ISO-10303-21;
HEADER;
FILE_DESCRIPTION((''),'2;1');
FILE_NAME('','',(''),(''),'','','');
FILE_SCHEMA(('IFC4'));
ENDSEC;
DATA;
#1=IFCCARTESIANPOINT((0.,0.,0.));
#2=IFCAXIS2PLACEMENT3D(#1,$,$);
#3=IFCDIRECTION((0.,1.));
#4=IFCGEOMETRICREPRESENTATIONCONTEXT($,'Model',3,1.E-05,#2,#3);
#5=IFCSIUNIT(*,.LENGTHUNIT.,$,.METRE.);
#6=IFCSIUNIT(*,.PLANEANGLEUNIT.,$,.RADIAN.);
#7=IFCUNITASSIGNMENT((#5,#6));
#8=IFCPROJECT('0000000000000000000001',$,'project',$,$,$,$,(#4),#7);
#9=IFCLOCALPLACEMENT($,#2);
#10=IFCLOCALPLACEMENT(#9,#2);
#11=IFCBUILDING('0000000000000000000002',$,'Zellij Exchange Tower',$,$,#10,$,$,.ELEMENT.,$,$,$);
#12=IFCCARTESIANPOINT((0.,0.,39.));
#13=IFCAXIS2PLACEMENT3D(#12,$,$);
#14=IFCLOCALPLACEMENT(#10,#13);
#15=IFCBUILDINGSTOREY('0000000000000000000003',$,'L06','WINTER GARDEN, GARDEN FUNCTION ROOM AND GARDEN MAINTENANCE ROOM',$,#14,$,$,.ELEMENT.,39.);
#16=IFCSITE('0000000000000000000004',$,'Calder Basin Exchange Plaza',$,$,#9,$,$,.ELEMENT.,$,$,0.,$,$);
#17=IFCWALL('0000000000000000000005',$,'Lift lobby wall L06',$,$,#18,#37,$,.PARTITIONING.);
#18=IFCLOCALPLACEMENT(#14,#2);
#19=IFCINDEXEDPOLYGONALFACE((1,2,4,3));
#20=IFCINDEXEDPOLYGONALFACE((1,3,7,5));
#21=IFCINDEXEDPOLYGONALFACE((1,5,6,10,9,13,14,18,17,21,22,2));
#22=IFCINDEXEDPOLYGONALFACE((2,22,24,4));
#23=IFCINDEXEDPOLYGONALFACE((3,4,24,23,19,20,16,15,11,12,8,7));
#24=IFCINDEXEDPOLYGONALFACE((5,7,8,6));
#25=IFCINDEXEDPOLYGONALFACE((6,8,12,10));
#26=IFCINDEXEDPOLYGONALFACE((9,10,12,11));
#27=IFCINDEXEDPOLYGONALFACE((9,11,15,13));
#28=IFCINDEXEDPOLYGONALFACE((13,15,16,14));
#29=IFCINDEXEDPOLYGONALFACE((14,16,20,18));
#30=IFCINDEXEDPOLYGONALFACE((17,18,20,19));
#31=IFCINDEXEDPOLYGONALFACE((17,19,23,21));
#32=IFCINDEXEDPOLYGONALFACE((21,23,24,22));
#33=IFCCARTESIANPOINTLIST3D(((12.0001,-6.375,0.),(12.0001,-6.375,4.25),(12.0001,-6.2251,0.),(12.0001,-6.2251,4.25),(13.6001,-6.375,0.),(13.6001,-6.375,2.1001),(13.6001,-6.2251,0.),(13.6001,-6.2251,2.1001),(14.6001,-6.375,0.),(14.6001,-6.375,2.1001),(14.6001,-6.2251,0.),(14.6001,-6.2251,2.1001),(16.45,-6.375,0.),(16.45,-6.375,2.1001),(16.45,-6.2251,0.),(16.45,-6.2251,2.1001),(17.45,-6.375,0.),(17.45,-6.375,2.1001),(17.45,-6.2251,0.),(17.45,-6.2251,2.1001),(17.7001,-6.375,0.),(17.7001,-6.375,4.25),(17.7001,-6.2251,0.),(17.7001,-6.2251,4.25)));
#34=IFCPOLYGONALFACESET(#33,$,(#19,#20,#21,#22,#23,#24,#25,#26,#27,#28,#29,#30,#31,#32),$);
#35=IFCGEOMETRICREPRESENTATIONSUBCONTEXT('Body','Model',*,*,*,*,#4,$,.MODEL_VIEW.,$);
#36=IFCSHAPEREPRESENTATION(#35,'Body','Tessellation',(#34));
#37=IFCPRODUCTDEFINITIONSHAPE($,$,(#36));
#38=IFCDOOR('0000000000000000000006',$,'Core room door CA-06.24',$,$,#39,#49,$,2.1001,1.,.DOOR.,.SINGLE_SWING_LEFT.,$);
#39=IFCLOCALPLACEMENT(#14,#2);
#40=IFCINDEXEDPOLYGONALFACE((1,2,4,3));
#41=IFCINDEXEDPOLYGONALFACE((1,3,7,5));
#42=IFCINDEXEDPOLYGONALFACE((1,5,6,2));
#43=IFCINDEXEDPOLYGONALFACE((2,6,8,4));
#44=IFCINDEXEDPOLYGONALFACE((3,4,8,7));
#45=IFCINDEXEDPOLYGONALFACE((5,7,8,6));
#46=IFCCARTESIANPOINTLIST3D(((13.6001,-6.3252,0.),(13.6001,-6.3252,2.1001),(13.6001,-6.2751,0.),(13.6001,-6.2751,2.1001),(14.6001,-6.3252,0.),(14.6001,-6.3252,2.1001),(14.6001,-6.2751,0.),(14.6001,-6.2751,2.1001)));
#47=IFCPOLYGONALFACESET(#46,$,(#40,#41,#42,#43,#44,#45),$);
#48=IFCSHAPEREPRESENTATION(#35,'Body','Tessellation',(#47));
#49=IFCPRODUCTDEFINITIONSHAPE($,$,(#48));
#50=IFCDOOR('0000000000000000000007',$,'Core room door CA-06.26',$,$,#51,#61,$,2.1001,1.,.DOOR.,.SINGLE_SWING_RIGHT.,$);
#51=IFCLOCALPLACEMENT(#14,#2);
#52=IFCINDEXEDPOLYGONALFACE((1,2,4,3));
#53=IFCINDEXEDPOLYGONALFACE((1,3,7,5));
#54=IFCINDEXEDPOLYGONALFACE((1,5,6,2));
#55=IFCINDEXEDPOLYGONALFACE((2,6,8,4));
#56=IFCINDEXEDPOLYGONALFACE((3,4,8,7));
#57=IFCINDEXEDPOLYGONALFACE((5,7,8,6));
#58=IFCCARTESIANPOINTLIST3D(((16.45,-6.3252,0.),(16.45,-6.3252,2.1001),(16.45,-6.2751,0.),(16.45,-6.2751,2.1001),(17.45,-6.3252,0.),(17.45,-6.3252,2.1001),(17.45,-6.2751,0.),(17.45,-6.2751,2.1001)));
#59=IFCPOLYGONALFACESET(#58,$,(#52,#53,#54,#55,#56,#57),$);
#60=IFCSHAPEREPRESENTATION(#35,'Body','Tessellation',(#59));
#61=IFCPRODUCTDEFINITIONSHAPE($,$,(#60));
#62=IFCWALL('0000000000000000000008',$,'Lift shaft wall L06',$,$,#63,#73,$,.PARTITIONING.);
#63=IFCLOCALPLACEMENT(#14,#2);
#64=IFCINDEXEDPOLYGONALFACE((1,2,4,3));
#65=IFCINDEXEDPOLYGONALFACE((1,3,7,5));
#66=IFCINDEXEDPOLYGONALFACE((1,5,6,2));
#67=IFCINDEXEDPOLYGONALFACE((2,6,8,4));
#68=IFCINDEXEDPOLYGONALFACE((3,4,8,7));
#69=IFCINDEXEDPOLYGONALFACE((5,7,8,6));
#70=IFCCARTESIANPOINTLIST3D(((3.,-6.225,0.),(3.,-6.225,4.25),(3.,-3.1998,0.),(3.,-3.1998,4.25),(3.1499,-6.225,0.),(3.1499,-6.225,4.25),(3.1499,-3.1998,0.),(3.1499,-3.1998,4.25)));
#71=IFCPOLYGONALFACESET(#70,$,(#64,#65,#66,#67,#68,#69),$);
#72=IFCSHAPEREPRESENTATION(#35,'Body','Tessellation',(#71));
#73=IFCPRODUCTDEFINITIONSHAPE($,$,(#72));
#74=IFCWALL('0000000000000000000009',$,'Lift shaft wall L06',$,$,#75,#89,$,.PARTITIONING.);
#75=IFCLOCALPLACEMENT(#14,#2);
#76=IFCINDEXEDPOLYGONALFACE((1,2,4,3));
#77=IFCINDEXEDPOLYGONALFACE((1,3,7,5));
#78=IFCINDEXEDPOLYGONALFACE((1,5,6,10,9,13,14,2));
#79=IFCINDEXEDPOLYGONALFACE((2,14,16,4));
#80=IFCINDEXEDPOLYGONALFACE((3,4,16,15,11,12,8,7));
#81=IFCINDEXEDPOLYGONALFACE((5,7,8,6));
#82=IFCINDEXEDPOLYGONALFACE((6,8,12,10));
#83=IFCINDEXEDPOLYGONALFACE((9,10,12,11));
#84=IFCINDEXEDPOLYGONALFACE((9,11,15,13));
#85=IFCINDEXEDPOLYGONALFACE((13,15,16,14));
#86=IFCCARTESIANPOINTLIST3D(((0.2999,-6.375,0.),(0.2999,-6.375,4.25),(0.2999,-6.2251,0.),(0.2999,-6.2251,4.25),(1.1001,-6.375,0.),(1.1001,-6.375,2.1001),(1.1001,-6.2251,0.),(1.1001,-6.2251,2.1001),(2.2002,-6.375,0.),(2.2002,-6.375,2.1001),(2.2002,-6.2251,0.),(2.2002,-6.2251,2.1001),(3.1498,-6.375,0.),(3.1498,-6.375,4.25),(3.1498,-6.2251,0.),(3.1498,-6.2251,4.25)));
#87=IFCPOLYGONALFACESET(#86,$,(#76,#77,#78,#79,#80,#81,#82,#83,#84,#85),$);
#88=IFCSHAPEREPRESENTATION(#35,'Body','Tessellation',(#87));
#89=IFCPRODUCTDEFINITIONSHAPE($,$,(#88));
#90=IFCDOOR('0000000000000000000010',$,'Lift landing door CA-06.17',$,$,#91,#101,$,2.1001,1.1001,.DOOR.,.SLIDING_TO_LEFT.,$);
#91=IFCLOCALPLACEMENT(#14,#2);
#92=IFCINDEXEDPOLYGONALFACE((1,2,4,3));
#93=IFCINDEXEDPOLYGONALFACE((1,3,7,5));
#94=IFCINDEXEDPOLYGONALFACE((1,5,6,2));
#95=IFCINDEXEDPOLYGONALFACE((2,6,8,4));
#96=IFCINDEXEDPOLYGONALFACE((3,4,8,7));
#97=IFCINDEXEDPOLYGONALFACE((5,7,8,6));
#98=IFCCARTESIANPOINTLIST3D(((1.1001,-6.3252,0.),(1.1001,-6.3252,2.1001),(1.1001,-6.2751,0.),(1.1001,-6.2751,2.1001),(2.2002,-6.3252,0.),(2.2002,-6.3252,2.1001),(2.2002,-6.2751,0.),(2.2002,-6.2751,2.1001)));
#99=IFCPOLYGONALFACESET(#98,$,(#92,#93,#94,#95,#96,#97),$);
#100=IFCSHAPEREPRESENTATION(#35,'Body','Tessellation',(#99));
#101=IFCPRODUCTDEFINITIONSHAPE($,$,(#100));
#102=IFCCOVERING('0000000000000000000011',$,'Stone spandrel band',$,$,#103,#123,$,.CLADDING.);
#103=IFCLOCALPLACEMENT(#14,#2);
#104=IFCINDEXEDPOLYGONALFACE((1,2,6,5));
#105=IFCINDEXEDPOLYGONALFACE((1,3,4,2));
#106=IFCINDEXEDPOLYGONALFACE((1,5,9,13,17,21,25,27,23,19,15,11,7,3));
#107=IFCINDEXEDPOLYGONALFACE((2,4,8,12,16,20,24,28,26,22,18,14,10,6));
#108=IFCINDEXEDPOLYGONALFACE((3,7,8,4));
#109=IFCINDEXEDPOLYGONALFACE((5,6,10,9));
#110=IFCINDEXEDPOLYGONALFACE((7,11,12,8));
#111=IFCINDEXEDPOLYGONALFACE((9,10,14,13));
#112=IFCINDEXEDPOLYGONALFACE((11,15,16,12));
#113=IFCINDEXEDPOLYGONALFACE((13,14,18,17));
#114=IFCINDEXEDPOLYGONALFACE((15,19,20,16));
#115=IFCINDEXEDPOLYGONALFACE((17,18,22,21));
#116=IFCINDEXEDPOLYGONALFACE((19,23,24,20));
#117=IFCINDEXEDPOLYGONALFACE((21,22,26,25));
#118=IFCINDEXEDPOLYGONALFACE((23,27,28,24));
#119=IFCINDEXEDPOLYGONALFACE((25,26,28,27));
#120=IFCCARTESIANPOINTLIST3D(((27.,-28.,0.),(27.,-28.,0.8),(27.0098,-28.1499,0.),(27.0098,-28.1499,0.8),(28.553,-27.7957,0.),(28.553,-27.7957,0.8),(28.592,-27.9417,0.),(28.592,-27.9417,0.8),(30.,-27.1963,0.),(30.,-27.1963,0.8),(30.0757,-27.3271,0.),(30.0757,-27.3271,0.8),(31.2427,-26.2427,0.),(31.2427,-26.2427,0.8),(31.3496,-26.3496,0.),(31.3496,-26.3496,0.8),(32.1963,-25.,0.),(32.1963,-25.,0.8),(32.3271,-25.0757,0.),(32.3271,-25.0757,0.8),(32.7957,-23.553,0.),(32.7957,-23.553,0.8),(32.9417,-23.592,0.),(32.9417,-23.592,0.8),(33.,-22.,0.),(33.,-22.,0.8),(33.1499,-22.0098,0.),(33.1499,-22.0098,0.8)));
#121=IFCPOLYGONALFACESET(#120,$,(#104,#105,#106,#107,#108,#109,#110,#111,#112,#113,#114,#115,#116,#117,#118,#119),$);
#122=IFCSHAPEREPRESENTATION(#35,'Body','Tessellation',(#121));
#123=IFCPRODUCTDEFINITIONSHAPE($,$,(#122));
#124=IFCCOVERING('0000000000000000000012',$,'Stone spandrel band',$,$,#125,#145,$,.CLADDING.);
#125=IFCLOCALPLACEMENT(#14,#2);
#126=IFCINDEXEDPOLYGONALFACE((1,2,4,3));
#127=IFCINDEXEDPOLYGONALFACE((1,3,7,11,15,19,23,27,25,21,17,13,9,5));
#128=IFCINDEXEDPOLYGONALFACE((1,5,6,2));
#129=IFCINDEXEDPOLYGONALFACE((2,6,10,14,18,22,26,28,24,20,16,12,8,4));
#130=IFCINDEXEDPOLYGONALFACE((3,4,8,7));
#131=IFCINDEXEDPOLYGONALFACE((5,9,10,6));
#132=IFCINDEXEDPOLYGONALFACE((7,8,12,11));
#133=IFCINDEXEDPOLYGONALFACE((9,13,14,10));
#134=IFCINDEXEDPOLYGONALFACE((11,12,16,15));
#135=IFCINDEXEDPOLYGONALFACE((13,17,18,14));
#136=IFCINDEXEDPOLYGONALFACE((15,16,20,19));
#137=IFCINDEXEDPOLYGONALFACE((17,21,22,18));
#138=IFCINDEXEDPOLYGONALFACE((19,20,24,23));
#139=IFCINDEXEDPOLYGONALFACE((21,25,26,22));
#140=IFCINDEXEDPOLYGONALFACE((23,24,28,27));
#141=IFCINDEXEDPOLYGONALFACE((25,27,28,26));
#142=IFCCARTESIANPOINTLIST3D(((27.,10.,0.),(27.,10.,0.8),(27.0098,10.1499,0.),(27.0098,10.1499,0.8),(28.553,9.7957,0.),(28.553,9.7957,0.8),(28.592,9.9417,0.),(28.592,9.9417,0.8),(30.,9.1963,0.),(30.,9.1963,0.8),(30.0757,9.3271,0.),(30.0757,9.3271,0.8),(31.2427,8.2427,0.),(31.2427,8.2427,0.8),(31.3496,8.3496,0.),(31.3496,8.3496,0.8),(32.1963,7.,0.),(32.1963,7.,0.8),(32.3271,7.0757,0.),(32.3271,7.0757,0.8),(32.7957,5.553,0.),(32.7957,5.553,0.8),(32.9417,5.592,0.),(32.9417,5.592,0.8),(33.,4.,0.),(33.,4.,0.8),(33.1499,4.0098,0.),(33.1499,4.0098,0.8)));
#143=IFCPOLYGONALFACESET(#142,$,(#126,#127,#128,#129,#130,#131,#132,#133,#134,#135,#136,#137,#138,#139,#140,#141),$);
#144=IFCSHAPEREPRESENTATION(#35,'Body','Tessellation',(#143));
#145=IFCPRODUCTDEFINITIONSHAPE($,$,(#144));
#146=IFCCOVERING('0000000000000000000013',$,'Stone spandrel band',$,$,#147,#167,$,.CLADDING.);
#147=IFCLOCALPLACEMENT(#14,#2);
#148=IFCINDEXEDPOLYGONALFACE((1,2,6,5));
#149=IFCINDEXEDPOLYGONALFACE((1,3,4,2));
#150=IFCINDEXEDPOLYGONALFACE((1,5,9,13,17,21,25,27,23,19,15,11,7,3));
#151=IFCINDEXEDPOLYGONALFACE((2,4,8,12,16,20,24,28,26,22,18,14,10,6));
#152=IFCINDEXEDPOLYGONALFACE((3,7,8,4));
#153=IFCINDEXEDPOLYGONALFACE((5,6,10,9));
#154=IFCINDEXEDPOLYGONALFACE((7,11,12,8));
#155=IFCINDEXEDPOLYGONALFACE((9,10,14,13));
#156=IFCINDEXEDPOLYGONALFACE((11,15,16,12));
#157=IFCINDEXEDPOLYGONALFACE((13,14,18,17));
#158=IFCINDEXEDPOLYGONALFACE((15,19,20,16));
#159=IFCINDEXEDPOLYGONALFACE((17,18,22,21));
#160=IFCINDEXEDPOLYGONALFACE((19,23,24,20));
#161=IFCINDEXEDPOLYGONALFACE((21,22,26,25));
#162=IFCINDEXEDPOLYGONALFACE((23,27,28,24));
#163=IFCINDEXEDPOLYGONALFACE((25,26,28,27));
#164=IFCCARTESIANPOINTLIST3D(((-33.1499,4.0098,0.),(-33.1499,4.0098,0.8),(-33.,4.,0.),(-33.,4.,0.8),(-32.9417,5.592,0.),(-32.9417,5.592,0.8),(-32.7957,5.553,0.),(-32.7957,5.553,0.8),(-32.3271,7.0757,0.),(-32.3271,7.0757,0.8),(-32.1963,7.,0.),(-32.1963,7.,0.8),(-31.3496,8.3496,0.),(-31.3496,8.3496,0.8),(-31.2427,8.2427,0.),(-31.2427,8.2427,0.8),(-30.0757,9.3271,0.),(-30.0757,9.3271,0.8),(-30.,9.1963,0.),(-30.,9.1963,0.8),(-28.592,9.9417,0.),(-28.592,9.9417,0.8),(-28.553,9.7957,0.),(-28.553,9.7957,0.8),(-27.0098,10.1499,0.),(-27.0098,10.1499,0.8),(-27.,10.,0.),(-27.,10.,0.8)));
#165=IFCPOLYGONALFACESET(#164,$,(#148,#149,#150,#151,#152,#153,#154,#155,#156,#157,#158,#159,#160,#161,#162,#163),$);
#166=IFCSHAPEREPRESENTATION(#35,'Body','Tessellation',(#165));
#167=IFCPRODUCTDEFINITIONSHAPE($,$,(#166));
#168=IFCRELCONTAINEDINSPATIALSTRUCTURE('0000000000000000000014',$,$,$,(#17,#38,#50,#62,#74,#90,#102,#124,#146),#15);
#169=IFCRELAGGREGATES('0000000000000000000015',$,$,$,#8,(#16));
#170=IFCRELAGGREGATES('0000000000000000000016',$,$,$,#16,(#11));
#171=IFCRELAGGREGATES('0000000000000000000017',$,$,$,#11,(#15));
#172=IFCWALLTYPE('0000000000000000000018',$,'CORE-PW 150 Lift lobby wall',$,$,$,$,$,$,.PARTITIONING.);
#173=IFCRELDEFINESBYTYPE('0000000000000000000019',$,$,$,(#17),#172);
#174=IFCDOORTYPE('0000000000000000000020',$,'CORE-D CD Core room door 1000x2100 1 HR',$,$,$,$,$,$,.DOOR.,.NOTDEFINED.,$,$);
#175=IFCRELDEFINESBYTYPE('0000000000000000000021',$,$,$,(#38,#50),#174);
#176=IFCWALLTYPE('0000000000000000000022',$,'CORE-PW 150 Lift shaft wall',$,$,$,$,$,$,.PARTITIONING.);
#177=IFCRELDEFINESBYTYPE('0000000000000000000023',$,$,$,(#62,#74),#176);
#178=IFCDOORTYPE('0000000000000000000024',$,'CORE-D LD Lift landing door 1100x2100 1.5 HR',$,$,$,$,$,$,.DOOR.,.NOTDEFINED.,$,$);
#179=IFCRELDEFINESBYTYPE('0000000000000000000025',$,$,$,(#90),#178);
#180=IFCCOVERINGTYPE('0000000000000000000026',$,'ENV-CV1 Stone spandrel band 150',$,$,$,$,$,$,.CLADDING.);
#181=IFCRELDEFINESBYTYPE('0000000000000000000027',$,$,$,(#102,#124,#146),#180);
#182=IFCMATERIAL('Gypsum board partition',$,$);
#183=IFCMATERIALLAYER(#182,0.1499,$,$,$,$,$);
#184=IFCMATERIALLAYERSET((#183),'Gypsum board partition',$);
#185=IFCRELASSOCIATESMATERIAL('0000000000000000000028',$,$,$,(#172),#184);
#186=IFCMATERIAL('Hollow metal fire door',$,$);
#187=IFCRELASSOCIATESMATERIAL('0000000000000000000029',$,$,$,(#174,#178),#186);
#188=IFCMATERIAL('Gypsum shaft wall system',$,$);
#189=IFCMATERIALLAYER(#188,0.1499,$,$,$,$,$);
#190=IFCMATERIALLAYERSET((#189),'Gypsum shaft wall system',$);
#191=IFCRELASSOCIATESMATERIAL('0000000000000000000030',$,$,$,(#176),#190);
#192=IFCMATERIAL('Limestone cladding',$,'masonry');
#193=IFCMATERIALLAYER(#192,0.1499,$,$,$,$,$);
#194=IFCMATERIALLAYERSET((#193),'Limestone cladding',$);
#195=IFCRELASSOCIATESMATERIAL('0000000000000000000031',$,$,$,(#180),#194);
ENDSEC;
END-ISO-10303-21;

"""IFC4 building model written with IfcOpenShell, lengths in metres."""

from ifc_helpers import new_model, si_unit, direction, frame, frame_2d, origin, place, context, subcontext, project, spatial, polyline, rectangle, outline, extrude, material, layer, layer_set, type_object, element, fill, save


model = new_model("IFC4")

# Units and contexts
model_context = context("Model", 3, precision=1e-05, world=origin(), true_north=direction((0.0, 1.0)))
body_context = subcontext(model_context, "Body", "Model", "MODEL_VIEW")
ifc_project = project(units=[si_unit("LENGTHUNIT", "METRE"), si_unit("PLANEANGLEUNIT", "RADIAN")], contexts=[model_context])

# Site, building, storey
site_placement = place(None, origin())
site = spatial("IfcSite", under=ifc_project, at=site_placement, Name="Calder Basin Exchange Plaza", CompositionType="ELEMENT", RefElevation=0.0)
building_placement = place(site_placement, origin())
building = spatial("IfcBuilding", under=site, at=building_placement, Name="Zellij Exchange Tower", CompositionType="ELEMENT")
storey_placement = place(building_placement, frame((0.0, 0.0, 39.0)))
storey = spatial("IfcBuildingStorey", under=building, at=storey_placement, Name="L06", Description="WINTER GARDEN, GARDEN FUNCTION ROOM AND GARDEN MAINTENANCE ROOM", CompositionType="ELEMENT", Elevation=39.0)

# Shared definitions
ifc_material_1 = material(Name="Gypsum board partition")
ifc_layer_1 = layer(ifc_material_1, 0.1499)
ifc_layer_set_1 = layer_set([ifc_layer_1], Name="Gypsum board partition")
wall_type_1 = type_object("IfcWallType", Name="CORE-PW 150 Lift lobby wall", PredefinedType="PARTITIONING", material=ifc_layer_set_1)

# Wall, openings, doors
wall_1_placement = place(storey_placement, frame((12.0, -6.3, 0.0), z_axis=(0.0, 0.0, 1.0), x_axis=(1.0, 0.0, 0.0)))
wall_1 = element("IfcWall", 1, at=wall_1_placement, inside=storey, type_object=wall_type_1, Name="Lift lobby wall L06", PredefinedType="PARTITIONING", context=body_context, shape_type="SweptSolid", body=[
    extrude(rectangle(XDim=5.7, YDim=0.1499, at=frame_2d((2.8501, 0.0))), origin(), (0.0, 0.0, 1.0), 4.25),
])
opening_1_placement = place(wall_1_placement, frame((1.6001, 0.0, 0.0)))
opening_1 = element("IfcOpeningElement", 2, at=opening_1_placement, cuts=wall_1, PredefinedType="OPENING", context=body_context, shape_type="SweptSolid", body=[
    extrude(rectangle(XDim=1.0, YDim=2.1001, at=frame_2d((0.5, 1.05))), frame((0.0, 0.0869, 0.0), z_axis=(0.0, -1.0, 0.0), x_axis=(1.0, 0.0, 0.0)), (0.0, 0.0, 1.0), 0.1738),
])
opening_2_placement = place(wall_1_placement, frame((4.45, 0.0, 0.0)))
opening_2 = element("IfcOpeningElement", 3, at=opening_2_placement, cuts=wall_1, PredefinedType="OPENING", context=body_context, shape_type="SweptSolid", body=[
    extrude(rectangle(XDim=1.0, YDim=2.1001, at=frame_2d((0.5, 1.05))), frame((0.0, 0.0869, 0.0), z_axis=(0.0, -1.0, 0.0), x_axis=(1.0, 0.0, 0.0)), (0.0, 0.0, 1.0), 0.1738),
])
ifc_material_2 = material(Name="Hollow metal fire door")
door_type_1 = type_object("IfcDoorType", Name="CORE-D CD Core room door 1000x2100 1 HR", OperationType="NOTDEFINED", PredefinedType="DOOR", material=ifc_material_2)
door_1_placement = place(opening_1_placement, origin())
door_1 = element("IfcDoor", 4, at=door_1_placement, inside=storey, type_object=door_type_1, Name="Core room door CA-06.24", OperationType="SINGLE_SWING_LEFT", OverallHeight=2.1001, OverallWidth=1.0, PredefinedType="DOOR", context=body_context, shape_type="SweptSolid", body=[
    extrude(rectangle(XDim=1.0, YDim=2.1001, at=frame_2d((0.5, 1.05))), frame((0.0, 0.0249, 0.0), z_axis=(0.0, -1.0, 0.0), x_axis=(1.0, 0.0, 0.0)), (0.0, 0.0, 1.0), 0.05),
])
fill(opening_1, door_1)
door_2_placement = place(opening_2_placement, origin())
door_2 = element("IfcDoor", 5, at=door_2_placement, inside=storey, type_object=door_type_1, Name="Core room door CA-06.26", OperationType="SINGLE_SWING_RIGHT", OverallHeight=2.1001, OverallWidth=1.0, PredefinedType="DOOR", context=body_context, shape_type="SweptSolid", body=[
    extrude(rectangle(XDim=1.0, YDim=2.1001, at=frame_2d((0.5, 1.05))), frame((0.0, 0.0249, 0.0), z_axis=(0.0, -1.0, 0.0), x_axis=(1.0, 0.0, 0.0)), (0.0, 0.0, 1.0), 0.05),
])
fill(opening_2, door_2)

# Wall
ifc_material_3 = material(Name="Gypsum shaft wall system")
ifc_layer_2 = layer(ifc_material_3, 0.1499)
ifc_layer_set_2 = layer_set([ifc_layer_2], Name="Gypsum shaft wall system")
wall_type_2 = type_object("IfcWallType", Name="CORE-PW 150 Lift shaft wall", PredefinedType="PARTITIONING", material=ifc_layer_set_2)
wall_2_placement = place(storey_placement, frame((3.075, -6.2251, 0.0), z_axis=(0.0, 0.0, 1.0), x_axis=(0.0, 1.0, 0.0)))
element("IfcWall", 6, at=wall_2_placement, inside=storey, type_object=wall_type_2, Name="Lift shaft wall L06", PredefinedType="PARTITIONING", context=body_context, shape_type="SweptSolid", body=[
    extrude(rectangle(XDim=3.0251, YDim=0.1499, at=frame_2d((1.5127, 0.0))), origin(), (0.0, 0.0, 1.0), 4.25),
])

# Wall, opening, door
wall_3_placement = place(storey_placement, frame((0.3, -6.3, 0.0), z_axis=(0.0, 0.0, 1.0), x_axis=(1.0, 0.0, 0.0)))
wall_3 = element("IfcWall", 7, at=wall_3_placement, inside=storey, type_object=wall_type_2, Name="Lift shaft wall L06", PredefinedType="PARTITIONING", context=body_context, shape_type="SweptSolid", body=[
    extrude(rectangle(XDim=2.8499, YDim=0.1499, at=frame_2d((1.4248, 0.0))), origin(), (0.0, 0.0, 1.0), 4.25),
])
opening_3_placement = place(wall_3_placement, frame((0.8, 0.0, 0.0)))
opening_3 = element("IfcOpeningElement", 8, at=opening_3_placement, cuts=wall_3, PredefinedType="OPENING", context=body_context, shape_type="SweptSolid", body=[
    extrude(rectangle(XDim=1.1001, YDim=2.1001, at=frame_2d((0.55, 1.05))), frame((0.0, 0.0869, 0.0), z_axis=(0.0, -1.0, 0.0), x_axis=(1.0, 0.0, 0.0)), (0.0, 0.0, 1.0), 0.1738),
])
door_type_2 = type_object("IfcDoorType", Name="CORE-D LD Lift landing door 1100x2100 1.5 HR", OperationType="NOTDEFINED", PredefinedType="DOOR", material=ifc_material_2)
door_3_placement = place(opening_3_placement, origin())
door_3 = element("IfcDoor", 9, at=door_3_placement, inside=storey, type_object=door_type_2, Name="Lift landing door CA-06.17", OperationType="SLIDING_TO_LEFT", OverallHeight=2.1001, OverallWidth=1.1001, PredefinedType="DOOR", context=body_context, shape_type="SweptSolid", body=[
    extrude(rectangle(XDim=1.1001, YDim=2.1001, at=frame_2d((0.55, 1.05))), frame((0.0, 0.0249, 0.0), z_axis=(0.0, -1.0, 0.0), x_axis=(1.0, 0.0, 0.0)), (0.0, 0.0, 1.0), 0.05),
])
fill(opening_3, door_3)

# Coverings
ifc_material_4 = material(Name="Limestone cladding", Category="masonry")
ifc_layer_3 = layer(ifc_material_4, 0.1499)
ifc_layer_set_3 = layer_set([ifc_layer_3], Name="Limestone cladding")
covering_type_1 = type_object("IfcCoveringType", Name="ENV-CV1 Stone spandrel band 150", PredefinedType="CLADDING", material=ifc_layer_set_3)
covering_1_placement = place(storey_placement, origin())
element("IfcCovering", 10, at=covering_1_placement, inside=storey, type_object=covering_type_1, Name="Stone spandrel band", PredefinedType="CLADDING", context=body_context, shape_type="SweptSolid", body=[
    extrude(outline(polyline([(27.0, -28.0), (28.553, -27.7957), (30.0, -27.1963), (31.2427, -26.2427), (32.1963, -25.0), (32.7957, -23.553), (33.0, -22.0), (33.1499, -22.0098), (32.9417, -23.592), (32.3271, -25.0757), (31.3496, -26.3496), (30.0757, -27.3271), (28.592, -27.9417), (27.0098, -28.1499), (27.0, -28.0)])), origin(), (0.0, 0.0, 1.0), 0.8),
])
covering_2_placement = place(storey_placement, origin())
element("IfcCovering", 11, at=covering_2_placement, inside=storey, type_object=covering_type_1, Name="Stone spandrel band", PredefinedType="CLADDING", context=body_context, shape_type="SweptSolid", body=[
    extrude(outline(polyline([(33.0, 4.0), (32.7957, 5.553), (32.1963, 7.0), (31.2427, 8.2427), (30.0, 9.1963), (28.553, 9.7957), (27.0, 10.0), (27.0098, 10.1499), (28.592, 9.9417), (30.0757, 9.3271), (31.3496, 8.3496), (32.3271, 7.0757), (32.9417, 5.592), (33.1499, 4.0098), (33.0, 4.0)])), origin(), (0.0, 0.0, 1.0), 0.8),
])
covering_3_placement = place(storey_placement, origin())
element("IfcCovering", 12, at=covering_3_placement, inside=storey, type_object=covering_type_1, Name="Stone spandrel band", PredefinedType="CLADDING", context=body_context, shape_type="SweptSolid", body=[
    extrude(outline(polyline([(-27.0, 10.0), (-28.553, 9.7957), (-30.0, 9.1963), (-31.2427, 8.2427), (-32.1963, 7.0), (-32.7957, 5.553), (-33.0, 4.0), (-33.1499, 4.0098), (-32.9417, 5.592), (-32.3271, 7.0757), (-31.3496, 8.3496), (-30.0757, 9.3271), (-28.592, 9.9417), (-27.0098, 10.1499), (-27.0, 10.0)])), origin(), (0.0, 0.0, 1.0), 0.8),
])

save(model, "model.ifc")
